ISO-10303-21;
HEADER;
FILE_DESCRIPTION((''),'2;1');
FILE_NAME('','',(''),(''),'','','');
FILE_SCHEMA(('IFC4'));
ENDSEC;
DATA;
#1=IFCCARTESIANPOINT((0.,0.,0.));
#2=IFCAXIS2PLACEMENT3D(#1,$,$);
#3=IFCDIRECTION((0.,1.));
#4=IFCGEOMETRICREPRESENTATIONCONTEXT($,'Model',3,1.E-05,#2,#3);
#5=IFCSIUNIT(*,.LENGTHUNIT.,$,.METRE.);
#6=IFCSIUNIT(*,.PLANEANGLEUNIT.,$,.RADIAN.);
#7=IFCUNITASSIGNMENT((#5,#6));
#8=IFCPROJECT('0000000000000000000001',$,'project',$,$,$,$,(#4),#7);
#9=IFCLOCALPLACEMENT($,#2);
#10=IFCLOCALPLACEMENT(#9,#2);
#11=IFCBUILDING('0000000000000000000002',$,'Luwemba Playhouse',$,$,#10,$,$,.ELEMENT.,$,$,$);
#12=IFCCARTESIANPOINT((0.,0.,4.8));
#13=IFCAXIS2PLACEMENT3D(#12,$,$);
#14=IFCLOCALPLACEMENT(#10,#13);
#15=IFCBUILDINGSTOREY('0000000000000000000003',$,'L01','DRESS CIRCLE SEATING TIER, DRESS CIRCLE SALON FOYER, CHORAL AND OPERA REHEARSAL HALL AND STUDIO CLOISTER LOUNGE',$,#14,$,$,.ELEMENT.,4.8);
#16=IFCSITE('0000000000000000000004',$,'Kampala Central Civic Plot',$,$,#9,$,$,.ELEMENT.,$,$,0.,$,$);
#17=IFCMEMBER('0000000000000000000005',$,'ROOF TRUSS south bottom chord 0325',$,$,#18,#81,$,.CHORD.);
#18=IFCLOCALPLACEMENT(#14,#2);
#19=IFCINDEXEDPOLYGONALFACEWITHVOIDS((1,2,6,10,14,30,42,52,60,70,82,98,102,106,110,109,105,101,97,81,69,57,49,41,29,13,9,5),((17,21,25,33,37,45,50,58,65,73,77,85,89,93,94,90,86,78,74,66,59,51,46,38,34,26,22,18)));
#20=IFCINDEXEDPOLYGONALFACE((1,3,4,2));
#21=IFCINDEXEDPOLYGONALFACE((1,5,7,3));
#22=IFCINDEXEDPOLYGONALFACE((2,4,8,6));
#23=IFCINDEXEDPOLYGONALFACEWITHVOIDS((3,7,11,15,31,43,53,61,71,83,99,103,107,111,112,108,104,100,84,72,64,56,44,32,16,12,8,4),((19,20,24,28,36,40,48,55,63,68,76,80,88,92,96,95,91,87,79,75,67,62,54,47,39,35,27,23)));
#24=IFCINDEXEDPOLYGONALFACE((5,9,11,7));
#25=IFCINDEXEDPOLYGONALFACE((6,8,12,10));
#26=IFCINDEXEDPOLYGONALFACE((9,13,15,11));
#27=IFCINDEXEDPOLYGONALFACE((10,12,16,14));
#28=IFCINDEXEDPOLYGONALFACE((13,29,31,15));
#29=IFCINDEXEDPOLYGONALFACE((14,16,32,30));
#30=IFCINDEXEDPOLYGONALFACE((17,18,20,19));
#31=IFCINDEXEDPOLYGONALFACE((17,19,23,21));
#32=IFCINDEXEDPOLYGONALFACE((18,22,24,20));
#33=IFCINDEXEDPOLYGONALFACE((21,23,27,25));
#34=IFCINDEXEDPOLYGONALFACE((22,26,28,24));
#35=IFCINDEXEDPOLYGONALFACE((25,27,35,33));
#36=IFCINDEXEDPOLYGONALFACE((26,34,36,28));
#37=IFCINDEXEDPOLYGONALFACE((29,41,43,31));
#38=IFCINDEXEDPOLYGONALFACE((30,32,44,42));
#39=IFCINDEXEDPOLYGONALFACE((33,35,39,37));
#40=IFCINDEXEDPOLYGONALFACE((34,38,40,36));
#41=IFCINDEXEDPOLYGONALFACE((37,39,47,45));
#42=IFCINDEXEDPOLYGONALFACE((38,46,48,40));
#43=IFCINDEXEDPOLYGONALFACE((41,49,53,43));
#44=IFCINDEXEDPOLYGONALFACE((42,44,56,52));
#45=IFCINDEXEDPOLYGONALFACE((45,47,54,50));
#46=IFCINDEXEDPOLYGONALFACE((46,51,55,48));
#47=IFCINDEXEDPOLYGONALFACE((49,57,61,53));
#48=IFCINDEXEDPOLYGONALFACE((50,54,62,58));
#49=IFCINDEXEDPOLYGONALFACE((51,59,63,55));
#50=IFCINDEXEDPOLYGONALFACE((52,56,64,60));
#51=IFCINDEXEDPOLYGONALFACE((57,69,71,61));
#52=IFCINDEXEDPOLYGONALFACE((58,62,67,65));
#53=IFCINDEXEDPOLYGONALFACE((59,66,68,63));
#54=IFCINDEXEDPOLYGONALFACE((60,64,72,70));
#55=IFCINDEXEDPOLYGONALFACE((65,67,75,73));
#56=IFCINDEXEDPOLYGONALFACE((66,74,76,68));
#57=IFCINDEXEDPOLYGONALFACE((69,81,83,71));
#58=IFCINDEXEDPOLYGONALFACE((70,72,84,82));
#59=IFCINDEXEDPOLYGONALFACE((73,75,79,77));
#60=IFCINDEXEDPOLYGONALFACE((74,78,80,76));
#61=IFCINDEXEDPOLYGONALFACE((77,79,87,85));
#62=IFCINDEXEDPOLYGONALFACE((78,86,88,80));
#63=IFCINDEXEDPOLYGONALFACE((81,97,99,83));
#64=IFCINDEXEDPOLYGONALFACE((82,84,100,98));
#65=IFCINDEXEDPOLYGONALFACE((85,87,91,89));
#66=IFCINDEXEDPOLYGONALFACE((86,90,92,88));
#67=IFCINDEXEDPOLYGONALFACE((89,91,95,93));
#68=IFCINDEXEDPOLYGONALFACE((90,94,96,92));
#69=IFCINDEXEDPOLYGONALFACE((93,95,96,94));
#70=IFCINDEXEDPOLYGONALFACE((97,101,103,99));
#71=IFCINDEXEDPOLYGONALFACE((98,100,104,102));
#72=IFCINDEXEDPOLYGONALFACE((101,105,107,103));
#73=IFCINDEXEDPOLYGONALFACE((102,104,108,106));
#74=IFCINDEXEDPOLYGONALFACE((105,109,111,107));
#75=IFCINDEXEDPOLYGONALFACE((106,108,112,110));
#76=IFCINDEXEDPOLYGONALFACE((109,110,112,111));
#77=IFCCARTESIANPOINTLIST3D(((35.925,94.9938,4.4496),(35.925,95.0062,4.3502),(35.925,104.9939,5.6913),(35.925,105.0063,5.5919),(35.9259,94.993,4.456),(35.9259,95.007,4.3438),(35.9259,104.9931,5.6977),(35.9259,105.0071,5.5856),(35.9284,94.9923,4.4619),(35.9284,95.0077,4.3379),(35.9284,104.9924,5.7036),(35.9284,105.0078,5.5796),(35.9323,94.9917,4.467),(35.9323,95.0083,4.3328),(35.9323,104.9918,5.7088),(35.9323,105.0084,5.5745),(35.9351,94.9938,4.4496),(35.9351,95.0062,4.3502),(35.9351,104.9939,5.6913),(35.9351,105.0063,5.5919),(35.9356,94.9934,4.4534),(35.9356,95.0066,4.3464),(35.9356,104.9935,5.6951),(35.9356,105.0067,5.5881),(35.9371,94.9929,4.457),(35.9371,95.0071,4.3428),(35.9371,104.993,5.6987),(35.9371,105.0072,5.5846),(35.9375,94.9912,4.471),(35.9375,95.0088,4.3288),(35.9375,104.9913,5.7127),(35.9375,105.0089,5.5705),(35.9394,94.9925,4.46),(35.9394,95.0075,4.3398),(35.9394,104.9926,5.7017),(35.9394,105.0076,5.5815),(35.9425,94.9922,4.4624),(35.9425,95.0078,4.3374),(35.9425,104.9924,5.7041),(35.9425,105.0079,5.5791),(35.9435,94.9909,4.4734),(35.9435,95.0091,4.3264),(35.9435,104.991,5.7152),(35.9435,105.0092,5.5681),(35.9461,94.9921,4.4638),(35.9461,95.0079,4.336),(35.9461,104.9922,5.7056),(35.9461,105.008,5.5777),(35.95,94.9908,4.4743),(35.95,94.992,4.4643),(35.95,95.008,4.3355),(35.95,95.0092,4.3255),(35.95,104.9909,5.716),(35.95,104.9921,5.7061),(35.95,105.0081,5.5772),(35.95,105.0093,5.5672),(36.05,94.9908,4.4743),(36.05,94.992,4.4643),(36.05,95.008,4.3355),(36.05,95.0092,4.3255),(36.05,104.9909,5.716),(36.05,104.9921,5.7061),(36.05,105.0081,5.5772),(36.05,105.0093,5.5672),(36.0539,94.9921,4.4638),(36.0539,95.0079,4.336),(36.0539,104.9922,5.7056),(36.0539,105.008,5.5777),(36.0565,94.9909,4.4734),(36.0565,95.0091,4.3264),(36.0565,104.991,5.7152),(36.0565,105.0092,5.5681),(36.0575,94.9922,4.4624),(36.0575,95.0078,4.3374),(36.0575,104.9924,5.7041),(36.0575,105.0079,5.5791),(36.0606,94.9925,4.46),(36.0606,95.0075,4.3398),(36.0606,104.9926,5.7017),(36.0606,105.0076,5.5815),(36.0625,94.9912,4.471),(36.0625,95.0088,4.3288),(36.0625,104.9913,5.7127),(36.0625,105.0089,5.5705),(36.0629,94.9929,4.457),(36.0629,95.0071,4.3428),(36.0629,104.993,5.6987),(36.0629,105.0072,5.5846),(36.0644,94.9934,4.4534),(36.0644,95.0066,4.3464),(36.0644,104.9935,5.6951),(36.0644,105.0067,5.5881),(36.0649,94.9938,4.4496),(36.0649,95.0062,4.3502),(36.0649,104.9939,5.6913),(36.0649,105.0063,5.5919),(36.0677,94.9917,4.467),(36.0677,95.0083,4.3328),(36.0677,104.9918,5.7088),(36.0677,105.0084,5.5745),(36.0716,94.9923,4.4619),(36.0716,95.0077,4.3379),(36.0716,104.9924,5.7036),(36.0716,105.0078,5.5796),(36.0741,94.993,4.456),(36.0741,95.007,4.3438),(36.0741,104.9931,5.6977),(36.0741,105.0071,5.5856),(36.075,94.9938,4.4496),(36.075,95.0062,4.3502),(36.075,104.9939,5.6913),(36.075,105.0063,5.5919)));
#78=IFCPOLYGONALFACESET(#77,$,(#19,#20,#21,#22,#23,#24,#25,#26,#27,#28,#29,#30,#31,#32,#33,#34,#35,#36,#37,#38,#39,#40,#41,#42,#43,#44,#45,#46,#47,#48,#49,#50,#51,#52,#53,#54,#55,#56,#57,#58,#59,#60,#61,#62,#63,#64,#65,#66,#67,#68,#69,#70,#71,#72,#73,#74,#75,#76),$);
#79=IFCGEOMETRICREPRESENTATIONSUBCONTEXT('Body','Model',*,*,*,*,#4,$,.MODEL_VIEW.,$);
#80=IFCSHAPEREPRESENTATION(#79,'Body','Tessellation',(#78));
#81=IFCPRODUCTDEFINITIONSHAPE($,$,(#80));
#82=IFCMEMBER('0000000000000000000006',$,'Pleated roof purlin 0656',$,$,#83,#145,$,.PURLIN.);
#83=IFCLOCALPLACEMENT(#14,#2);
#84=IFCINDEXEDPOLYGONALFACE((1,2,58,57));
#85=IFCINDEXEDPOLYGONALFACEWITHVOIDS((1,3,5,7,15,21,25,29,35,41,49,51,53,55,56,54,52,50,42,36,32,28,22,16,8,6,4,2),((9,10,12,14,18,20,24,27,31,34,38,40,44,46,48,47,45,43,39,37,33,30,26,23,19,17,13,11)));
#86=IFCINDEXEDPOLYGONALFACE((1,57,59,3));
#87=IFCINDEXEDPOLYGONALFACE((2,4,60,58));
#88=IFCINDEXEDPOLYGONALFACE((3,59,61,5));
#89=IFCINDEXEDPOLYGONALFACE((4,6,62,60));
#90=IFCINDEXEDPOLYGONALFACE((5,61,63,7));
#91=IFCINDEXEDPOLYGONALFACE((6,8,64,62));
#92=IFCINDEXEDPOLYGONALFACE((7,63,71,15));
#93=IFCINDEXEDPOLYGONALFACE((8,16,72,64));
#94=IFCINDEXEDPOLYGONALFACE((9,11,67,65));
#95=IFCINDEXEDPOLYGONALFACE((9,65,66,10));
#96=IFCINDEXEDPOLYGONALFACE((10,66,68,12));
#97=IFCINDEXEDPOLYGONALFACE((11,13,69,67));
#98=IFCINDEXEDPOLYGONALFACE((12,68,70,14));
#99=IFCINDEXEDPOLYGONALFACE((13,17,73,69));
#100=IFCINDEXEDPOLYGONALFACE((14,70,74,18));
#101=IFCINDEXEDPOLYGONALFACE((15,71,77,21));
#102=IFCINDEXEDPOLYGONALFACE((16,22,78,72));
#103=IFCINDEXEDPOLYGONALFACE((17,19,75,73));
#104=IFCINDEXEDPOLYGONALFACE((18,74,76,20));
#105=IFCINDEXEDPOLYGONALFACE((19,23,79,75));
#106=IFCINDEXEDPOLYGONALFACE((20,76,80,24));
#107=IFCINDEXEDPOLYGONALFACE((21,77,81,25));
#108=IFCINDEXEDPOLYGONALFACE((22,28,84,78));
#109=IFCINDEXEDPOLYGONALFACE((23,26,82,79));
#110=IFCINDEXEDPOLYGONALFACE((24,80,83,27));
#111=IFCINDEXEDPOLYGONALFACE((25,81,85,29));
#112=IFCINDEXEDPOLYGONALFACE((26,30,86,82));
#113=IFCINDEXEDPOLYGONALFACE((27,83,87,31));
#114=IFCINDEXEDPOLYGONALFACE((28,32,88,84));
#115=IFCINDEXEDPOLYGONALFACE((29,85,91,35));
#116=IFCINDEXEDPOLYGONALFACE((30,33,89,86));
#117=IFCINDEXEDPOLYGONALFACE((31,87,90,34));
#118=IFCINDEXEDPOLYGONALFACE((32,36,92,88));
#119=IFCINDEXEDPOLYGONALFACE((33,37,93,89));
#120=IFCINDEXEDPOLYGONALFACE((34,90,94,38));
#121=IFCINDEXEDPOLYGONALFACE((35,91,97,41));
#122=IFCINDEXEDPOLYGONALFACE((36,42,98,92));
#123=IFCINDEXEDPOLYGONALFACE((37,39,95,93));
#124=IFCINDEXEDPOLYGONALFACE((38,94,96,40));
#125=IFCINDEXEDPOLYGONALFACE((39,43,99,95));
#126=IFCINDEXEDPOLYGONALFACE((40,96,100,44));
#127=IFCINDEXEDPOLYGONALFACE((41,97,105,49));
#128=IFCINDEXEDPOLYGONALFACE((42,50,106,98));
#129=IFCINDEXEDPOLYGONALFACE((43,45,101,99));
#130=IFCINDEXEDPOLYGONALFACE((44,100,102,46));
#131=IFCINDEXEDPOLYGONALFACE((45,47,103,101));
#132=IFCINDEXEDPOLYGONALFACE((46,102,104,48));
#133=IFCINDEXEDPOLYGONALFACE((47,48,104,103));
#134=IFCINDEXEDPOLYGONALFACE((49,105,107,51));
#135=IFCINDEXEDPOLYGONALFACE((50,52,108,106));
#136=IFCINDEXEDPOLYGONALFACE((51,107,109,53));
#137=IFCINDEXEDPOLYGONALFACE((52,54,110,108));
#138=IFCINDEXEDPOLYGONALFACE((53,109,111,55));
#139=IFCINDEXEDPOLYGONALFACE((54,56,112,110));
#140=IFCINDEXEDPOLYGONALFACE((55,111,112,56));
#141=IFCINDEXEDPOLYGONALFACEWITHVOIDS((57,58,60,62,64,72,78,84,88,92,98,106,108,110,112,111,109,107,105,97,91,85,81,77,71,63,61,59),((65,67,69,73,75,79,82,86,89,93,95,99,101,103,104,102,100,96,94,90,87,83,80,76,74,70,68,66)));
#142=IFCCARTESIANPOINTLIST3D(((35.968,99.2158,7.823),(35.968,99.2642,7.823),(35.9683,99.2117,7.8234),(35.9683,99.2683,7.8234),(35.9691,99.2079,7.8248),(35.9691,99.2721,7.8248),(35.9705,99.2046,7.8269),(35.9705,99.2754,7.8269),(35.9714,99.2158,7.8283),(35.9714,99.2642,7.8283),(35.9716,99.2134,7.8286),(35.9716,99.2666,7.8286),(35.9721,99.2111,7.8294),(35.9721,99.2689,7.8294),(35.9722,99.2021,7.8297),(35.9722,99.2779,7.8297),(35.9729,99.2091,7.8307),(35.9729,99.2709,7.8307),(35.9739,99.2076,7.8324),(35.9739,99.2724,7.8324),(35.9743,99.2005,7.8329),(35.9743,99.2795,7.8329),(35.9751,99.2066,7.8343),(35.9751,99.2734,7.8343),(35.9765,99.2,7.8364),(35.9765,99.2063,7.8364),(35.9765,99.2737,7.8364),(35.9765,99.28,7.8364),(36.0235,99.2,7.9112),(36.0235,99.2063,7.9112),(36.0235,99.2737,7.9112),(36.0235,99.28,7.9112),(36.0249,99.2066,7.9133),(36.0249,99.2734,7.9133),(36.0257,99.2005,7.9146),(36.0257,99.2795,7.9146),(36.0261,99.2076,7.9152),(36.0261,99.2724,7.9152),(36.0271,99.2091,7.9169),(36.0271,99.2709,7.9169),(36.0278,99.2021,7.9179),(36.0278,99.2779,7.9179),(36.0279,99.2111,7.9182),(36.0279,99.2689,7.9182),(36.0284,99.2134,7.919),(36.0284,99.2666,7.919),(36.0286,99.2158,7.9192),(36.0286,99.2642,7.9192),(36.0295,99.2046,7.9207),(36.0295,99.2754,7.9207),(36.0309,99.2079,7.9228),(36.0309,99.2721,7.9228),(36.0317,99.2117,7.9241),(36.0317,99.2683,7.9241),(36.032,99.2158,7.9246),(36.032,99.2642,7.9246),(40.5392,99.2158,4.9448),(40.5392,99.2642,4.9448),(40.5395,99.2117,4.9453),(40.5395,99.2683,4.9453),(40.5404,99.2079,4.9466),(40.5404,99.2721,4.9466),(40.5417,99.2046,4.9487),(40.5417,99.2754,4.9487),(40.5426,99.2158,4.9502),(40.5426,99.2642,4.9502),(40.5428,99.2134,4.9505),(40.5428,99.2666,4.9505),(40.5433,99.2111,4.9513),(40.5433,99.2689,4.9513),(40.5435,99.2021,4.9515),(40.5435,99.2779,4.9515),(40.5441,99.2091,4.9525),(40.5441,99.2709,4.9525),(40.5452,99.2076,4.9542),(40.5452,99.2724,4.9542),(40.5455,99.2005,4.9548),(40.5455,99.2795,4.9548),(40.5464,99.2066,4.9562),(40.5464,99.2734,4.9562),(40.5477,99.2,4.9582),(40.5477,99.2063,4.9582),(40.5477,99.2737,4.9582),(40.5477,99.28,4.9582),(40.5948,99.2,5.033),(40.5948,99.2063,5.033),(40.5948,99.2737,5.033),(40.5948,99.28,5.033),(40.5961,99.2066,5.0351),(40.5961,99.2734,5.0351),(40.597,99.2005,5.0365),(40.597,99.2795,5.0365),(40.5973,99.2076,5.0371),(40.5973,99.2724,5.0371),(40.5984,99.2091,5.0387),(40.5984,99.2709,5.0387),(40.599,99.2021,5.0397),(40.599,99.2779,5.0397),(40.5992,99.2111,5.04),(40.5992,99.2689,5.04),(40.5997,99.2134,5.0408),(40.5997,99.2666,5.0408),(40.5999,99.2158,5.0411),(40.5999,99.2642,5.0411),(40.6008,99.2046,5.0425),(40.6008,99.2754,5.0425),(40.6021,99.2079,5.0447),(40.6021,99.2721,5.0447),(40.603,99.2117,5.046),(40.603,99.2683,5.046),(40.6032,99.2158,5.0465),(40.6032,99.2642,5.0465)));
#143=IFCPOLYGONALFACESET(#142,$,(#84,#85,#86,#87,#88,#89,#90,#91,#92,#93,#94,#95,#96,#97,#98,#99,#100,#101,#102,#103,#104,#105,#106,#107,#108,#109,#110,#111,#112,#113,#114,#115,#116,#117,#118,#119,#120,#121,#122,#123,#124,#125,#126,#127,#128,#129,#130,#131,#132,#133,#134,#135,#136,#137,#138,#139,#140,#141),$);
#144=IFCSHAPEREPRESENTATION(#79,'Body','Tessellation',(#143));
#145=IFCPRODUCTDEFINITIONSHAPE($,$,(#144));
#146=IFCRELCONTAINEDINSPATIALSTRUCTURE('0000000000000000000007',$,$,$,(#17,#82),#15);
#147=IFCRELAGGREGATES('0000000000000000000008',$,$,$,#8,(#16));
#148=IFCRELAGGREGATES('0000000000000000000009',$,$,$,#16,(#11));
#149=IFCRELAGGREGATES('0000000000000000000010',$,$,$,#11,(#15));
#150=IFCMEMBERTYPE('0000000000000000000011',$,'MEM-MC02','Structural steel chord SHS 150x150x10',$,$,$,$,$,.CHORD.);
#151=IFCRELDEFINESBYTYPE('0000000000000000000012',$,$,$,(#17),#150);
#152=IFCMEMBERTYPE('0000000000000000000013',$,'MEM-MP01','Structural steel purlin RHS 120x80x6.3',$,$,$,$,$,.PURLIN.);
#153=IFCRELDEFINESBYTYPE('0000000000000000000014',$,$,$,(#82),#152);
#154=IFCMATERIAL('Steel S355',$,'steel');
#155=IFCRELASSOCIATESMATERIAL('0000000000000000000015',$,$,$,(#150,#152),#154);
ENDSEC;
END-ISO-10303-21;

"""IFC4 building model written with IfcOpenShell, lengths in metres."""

from ifc_helpers import new_model, si_unit, direction, frame, origin, origin_2d, place, context, subcontext, project, spatial, hollow_rectangle, extrude, material, material_profile, profile_set, type_object, element, save


model = new_model("IFC4")

# Units and contexts
model_context = context("Model", 3, precision=1e-05, world=origin(), true_north=direction((0.0, 1.0)))
body_context = subcontext(model_context, "Body", "Model", "MODEL_VIEW")
ifc_project = project(units=[si_unit("LENGTHUNIT", "METRE"), si_unit("PLANEANGLEUNIT", "RADIAN")], contexts=[model_context])

# Site, building, storey
site_placement = place(None, origin())
site = spatial("IfcSite", under=ifc_project, at=site_placement, Name="Kampala Central Civic Plot", CompositionType="ELEMENT", RefElevation=0.0)
building_placement = place(site_placement, origin())
building = spatial("IfcBuilding", under=site, at=building_placement, Name="Luwemba Playhouse", CompositionType="ELEMENT")
storey_placement = place(building_placement, frame((0.0, 0.0, 4.8)))
storey = spatial("IfcBuildingStorey", under=building, at=storey_placement, Name="L01", Description="DRESS CIRCLE SEATING TIER, DRESS CIRCLE SALON FOYER, CHORAL AND OPERA REHEARSAL HALL AND STUDIO CLOISTER LOUNGE", CompositionType="ELEMENT", Elevation=4.8)

# Shared definitions
ifc_material_1 = material(Name="Steel S355", Category="steel")

# Members
ifc_material_profile_1 = material_profile(ifc_material_1, hollow_rectangle(XDim=0.1499, YDim=0.1499, WallThickness=0.01, InnerFilletRadius=0.0149, OuterFilletRadius=0.0249, at=origin_2d()))
ifc_profile_set_1 = profile_set([ifc_material_profile_1], Name="Steel S355")
member_type_1 = type_object("IfcMemberType", Name="MEM-MC02", Description="Structural steel chord SHS 150x150x10", PredefinedType="CHORD", material=ifc_profile_set_1)
member_1_placement = place(storey_placement, frame((36.0, 95.0, 4.3999), z_axis=(0.0, 0.992379, 0.123224), x_axis=(-1.0, 0.0, 0.0)))
element("IfcMember", 1, at=member_1_placement, inside=storey, type_object=member_type_1, Name="ROOF TRUSS south bottom chord 0325", PredefinedType="CHORD", context=body_context, shape_type="SweptSolid", body=[
    extrude(hollow_rectangle(XDim=0.1499, YDim=0.1499, WallThickness=0.01, InnerFilletRadius=0.0149, OuterFilletRadius=0.0249, at=origin_2d()), origin(), (0.0, 0.0, 1.0), 10.0769),
])
ifc_material_profile_2 = material_profile(ifc_material_1, hollow_rectangle(XDim=0.0801, YDim=0.1201, WallThickness=0.0063, InnerFilletRadius=0.0095, OuterFilletRadius=0.0159, at=origin_2d()))
ifc_profile_set_2 = profile_set([ifc_material_profile_2], Name="Steel S355")
member_type_2 = type_object("IfcMemberType", Name="MEM-MP01", Description="Structural steel purlin RHS 120x80x6.3", PredefinedType="PURLIN", material=ifc_profile_set_2)
member_2_placement = place(storey_placement, frame((36.0, 99.24, 7.8738), z_axis=(0.846237, 0.0, -0.532807), x_axis=(0.0, 1.0, 0.0)))
element("IfcMember", 2, at=member_2_placement, inside=storey, type_object=member_type_2, Name="Pleated roof purlin 0656", PredefinedType="PURLIN", context=body_context, shape_type="SweptSolid", body=[
    extrude(hollow_rectangle(XDim=0.0801, YDim=0.1201, WallThickness=0.0063, InnerFilletRadius=0.0095, OuterFilletRadius=0.0159, at=origin_2d()), origin(), (0.0, 0.0, 1.0), 5.4019),
])

save(model, "model.ifc")
